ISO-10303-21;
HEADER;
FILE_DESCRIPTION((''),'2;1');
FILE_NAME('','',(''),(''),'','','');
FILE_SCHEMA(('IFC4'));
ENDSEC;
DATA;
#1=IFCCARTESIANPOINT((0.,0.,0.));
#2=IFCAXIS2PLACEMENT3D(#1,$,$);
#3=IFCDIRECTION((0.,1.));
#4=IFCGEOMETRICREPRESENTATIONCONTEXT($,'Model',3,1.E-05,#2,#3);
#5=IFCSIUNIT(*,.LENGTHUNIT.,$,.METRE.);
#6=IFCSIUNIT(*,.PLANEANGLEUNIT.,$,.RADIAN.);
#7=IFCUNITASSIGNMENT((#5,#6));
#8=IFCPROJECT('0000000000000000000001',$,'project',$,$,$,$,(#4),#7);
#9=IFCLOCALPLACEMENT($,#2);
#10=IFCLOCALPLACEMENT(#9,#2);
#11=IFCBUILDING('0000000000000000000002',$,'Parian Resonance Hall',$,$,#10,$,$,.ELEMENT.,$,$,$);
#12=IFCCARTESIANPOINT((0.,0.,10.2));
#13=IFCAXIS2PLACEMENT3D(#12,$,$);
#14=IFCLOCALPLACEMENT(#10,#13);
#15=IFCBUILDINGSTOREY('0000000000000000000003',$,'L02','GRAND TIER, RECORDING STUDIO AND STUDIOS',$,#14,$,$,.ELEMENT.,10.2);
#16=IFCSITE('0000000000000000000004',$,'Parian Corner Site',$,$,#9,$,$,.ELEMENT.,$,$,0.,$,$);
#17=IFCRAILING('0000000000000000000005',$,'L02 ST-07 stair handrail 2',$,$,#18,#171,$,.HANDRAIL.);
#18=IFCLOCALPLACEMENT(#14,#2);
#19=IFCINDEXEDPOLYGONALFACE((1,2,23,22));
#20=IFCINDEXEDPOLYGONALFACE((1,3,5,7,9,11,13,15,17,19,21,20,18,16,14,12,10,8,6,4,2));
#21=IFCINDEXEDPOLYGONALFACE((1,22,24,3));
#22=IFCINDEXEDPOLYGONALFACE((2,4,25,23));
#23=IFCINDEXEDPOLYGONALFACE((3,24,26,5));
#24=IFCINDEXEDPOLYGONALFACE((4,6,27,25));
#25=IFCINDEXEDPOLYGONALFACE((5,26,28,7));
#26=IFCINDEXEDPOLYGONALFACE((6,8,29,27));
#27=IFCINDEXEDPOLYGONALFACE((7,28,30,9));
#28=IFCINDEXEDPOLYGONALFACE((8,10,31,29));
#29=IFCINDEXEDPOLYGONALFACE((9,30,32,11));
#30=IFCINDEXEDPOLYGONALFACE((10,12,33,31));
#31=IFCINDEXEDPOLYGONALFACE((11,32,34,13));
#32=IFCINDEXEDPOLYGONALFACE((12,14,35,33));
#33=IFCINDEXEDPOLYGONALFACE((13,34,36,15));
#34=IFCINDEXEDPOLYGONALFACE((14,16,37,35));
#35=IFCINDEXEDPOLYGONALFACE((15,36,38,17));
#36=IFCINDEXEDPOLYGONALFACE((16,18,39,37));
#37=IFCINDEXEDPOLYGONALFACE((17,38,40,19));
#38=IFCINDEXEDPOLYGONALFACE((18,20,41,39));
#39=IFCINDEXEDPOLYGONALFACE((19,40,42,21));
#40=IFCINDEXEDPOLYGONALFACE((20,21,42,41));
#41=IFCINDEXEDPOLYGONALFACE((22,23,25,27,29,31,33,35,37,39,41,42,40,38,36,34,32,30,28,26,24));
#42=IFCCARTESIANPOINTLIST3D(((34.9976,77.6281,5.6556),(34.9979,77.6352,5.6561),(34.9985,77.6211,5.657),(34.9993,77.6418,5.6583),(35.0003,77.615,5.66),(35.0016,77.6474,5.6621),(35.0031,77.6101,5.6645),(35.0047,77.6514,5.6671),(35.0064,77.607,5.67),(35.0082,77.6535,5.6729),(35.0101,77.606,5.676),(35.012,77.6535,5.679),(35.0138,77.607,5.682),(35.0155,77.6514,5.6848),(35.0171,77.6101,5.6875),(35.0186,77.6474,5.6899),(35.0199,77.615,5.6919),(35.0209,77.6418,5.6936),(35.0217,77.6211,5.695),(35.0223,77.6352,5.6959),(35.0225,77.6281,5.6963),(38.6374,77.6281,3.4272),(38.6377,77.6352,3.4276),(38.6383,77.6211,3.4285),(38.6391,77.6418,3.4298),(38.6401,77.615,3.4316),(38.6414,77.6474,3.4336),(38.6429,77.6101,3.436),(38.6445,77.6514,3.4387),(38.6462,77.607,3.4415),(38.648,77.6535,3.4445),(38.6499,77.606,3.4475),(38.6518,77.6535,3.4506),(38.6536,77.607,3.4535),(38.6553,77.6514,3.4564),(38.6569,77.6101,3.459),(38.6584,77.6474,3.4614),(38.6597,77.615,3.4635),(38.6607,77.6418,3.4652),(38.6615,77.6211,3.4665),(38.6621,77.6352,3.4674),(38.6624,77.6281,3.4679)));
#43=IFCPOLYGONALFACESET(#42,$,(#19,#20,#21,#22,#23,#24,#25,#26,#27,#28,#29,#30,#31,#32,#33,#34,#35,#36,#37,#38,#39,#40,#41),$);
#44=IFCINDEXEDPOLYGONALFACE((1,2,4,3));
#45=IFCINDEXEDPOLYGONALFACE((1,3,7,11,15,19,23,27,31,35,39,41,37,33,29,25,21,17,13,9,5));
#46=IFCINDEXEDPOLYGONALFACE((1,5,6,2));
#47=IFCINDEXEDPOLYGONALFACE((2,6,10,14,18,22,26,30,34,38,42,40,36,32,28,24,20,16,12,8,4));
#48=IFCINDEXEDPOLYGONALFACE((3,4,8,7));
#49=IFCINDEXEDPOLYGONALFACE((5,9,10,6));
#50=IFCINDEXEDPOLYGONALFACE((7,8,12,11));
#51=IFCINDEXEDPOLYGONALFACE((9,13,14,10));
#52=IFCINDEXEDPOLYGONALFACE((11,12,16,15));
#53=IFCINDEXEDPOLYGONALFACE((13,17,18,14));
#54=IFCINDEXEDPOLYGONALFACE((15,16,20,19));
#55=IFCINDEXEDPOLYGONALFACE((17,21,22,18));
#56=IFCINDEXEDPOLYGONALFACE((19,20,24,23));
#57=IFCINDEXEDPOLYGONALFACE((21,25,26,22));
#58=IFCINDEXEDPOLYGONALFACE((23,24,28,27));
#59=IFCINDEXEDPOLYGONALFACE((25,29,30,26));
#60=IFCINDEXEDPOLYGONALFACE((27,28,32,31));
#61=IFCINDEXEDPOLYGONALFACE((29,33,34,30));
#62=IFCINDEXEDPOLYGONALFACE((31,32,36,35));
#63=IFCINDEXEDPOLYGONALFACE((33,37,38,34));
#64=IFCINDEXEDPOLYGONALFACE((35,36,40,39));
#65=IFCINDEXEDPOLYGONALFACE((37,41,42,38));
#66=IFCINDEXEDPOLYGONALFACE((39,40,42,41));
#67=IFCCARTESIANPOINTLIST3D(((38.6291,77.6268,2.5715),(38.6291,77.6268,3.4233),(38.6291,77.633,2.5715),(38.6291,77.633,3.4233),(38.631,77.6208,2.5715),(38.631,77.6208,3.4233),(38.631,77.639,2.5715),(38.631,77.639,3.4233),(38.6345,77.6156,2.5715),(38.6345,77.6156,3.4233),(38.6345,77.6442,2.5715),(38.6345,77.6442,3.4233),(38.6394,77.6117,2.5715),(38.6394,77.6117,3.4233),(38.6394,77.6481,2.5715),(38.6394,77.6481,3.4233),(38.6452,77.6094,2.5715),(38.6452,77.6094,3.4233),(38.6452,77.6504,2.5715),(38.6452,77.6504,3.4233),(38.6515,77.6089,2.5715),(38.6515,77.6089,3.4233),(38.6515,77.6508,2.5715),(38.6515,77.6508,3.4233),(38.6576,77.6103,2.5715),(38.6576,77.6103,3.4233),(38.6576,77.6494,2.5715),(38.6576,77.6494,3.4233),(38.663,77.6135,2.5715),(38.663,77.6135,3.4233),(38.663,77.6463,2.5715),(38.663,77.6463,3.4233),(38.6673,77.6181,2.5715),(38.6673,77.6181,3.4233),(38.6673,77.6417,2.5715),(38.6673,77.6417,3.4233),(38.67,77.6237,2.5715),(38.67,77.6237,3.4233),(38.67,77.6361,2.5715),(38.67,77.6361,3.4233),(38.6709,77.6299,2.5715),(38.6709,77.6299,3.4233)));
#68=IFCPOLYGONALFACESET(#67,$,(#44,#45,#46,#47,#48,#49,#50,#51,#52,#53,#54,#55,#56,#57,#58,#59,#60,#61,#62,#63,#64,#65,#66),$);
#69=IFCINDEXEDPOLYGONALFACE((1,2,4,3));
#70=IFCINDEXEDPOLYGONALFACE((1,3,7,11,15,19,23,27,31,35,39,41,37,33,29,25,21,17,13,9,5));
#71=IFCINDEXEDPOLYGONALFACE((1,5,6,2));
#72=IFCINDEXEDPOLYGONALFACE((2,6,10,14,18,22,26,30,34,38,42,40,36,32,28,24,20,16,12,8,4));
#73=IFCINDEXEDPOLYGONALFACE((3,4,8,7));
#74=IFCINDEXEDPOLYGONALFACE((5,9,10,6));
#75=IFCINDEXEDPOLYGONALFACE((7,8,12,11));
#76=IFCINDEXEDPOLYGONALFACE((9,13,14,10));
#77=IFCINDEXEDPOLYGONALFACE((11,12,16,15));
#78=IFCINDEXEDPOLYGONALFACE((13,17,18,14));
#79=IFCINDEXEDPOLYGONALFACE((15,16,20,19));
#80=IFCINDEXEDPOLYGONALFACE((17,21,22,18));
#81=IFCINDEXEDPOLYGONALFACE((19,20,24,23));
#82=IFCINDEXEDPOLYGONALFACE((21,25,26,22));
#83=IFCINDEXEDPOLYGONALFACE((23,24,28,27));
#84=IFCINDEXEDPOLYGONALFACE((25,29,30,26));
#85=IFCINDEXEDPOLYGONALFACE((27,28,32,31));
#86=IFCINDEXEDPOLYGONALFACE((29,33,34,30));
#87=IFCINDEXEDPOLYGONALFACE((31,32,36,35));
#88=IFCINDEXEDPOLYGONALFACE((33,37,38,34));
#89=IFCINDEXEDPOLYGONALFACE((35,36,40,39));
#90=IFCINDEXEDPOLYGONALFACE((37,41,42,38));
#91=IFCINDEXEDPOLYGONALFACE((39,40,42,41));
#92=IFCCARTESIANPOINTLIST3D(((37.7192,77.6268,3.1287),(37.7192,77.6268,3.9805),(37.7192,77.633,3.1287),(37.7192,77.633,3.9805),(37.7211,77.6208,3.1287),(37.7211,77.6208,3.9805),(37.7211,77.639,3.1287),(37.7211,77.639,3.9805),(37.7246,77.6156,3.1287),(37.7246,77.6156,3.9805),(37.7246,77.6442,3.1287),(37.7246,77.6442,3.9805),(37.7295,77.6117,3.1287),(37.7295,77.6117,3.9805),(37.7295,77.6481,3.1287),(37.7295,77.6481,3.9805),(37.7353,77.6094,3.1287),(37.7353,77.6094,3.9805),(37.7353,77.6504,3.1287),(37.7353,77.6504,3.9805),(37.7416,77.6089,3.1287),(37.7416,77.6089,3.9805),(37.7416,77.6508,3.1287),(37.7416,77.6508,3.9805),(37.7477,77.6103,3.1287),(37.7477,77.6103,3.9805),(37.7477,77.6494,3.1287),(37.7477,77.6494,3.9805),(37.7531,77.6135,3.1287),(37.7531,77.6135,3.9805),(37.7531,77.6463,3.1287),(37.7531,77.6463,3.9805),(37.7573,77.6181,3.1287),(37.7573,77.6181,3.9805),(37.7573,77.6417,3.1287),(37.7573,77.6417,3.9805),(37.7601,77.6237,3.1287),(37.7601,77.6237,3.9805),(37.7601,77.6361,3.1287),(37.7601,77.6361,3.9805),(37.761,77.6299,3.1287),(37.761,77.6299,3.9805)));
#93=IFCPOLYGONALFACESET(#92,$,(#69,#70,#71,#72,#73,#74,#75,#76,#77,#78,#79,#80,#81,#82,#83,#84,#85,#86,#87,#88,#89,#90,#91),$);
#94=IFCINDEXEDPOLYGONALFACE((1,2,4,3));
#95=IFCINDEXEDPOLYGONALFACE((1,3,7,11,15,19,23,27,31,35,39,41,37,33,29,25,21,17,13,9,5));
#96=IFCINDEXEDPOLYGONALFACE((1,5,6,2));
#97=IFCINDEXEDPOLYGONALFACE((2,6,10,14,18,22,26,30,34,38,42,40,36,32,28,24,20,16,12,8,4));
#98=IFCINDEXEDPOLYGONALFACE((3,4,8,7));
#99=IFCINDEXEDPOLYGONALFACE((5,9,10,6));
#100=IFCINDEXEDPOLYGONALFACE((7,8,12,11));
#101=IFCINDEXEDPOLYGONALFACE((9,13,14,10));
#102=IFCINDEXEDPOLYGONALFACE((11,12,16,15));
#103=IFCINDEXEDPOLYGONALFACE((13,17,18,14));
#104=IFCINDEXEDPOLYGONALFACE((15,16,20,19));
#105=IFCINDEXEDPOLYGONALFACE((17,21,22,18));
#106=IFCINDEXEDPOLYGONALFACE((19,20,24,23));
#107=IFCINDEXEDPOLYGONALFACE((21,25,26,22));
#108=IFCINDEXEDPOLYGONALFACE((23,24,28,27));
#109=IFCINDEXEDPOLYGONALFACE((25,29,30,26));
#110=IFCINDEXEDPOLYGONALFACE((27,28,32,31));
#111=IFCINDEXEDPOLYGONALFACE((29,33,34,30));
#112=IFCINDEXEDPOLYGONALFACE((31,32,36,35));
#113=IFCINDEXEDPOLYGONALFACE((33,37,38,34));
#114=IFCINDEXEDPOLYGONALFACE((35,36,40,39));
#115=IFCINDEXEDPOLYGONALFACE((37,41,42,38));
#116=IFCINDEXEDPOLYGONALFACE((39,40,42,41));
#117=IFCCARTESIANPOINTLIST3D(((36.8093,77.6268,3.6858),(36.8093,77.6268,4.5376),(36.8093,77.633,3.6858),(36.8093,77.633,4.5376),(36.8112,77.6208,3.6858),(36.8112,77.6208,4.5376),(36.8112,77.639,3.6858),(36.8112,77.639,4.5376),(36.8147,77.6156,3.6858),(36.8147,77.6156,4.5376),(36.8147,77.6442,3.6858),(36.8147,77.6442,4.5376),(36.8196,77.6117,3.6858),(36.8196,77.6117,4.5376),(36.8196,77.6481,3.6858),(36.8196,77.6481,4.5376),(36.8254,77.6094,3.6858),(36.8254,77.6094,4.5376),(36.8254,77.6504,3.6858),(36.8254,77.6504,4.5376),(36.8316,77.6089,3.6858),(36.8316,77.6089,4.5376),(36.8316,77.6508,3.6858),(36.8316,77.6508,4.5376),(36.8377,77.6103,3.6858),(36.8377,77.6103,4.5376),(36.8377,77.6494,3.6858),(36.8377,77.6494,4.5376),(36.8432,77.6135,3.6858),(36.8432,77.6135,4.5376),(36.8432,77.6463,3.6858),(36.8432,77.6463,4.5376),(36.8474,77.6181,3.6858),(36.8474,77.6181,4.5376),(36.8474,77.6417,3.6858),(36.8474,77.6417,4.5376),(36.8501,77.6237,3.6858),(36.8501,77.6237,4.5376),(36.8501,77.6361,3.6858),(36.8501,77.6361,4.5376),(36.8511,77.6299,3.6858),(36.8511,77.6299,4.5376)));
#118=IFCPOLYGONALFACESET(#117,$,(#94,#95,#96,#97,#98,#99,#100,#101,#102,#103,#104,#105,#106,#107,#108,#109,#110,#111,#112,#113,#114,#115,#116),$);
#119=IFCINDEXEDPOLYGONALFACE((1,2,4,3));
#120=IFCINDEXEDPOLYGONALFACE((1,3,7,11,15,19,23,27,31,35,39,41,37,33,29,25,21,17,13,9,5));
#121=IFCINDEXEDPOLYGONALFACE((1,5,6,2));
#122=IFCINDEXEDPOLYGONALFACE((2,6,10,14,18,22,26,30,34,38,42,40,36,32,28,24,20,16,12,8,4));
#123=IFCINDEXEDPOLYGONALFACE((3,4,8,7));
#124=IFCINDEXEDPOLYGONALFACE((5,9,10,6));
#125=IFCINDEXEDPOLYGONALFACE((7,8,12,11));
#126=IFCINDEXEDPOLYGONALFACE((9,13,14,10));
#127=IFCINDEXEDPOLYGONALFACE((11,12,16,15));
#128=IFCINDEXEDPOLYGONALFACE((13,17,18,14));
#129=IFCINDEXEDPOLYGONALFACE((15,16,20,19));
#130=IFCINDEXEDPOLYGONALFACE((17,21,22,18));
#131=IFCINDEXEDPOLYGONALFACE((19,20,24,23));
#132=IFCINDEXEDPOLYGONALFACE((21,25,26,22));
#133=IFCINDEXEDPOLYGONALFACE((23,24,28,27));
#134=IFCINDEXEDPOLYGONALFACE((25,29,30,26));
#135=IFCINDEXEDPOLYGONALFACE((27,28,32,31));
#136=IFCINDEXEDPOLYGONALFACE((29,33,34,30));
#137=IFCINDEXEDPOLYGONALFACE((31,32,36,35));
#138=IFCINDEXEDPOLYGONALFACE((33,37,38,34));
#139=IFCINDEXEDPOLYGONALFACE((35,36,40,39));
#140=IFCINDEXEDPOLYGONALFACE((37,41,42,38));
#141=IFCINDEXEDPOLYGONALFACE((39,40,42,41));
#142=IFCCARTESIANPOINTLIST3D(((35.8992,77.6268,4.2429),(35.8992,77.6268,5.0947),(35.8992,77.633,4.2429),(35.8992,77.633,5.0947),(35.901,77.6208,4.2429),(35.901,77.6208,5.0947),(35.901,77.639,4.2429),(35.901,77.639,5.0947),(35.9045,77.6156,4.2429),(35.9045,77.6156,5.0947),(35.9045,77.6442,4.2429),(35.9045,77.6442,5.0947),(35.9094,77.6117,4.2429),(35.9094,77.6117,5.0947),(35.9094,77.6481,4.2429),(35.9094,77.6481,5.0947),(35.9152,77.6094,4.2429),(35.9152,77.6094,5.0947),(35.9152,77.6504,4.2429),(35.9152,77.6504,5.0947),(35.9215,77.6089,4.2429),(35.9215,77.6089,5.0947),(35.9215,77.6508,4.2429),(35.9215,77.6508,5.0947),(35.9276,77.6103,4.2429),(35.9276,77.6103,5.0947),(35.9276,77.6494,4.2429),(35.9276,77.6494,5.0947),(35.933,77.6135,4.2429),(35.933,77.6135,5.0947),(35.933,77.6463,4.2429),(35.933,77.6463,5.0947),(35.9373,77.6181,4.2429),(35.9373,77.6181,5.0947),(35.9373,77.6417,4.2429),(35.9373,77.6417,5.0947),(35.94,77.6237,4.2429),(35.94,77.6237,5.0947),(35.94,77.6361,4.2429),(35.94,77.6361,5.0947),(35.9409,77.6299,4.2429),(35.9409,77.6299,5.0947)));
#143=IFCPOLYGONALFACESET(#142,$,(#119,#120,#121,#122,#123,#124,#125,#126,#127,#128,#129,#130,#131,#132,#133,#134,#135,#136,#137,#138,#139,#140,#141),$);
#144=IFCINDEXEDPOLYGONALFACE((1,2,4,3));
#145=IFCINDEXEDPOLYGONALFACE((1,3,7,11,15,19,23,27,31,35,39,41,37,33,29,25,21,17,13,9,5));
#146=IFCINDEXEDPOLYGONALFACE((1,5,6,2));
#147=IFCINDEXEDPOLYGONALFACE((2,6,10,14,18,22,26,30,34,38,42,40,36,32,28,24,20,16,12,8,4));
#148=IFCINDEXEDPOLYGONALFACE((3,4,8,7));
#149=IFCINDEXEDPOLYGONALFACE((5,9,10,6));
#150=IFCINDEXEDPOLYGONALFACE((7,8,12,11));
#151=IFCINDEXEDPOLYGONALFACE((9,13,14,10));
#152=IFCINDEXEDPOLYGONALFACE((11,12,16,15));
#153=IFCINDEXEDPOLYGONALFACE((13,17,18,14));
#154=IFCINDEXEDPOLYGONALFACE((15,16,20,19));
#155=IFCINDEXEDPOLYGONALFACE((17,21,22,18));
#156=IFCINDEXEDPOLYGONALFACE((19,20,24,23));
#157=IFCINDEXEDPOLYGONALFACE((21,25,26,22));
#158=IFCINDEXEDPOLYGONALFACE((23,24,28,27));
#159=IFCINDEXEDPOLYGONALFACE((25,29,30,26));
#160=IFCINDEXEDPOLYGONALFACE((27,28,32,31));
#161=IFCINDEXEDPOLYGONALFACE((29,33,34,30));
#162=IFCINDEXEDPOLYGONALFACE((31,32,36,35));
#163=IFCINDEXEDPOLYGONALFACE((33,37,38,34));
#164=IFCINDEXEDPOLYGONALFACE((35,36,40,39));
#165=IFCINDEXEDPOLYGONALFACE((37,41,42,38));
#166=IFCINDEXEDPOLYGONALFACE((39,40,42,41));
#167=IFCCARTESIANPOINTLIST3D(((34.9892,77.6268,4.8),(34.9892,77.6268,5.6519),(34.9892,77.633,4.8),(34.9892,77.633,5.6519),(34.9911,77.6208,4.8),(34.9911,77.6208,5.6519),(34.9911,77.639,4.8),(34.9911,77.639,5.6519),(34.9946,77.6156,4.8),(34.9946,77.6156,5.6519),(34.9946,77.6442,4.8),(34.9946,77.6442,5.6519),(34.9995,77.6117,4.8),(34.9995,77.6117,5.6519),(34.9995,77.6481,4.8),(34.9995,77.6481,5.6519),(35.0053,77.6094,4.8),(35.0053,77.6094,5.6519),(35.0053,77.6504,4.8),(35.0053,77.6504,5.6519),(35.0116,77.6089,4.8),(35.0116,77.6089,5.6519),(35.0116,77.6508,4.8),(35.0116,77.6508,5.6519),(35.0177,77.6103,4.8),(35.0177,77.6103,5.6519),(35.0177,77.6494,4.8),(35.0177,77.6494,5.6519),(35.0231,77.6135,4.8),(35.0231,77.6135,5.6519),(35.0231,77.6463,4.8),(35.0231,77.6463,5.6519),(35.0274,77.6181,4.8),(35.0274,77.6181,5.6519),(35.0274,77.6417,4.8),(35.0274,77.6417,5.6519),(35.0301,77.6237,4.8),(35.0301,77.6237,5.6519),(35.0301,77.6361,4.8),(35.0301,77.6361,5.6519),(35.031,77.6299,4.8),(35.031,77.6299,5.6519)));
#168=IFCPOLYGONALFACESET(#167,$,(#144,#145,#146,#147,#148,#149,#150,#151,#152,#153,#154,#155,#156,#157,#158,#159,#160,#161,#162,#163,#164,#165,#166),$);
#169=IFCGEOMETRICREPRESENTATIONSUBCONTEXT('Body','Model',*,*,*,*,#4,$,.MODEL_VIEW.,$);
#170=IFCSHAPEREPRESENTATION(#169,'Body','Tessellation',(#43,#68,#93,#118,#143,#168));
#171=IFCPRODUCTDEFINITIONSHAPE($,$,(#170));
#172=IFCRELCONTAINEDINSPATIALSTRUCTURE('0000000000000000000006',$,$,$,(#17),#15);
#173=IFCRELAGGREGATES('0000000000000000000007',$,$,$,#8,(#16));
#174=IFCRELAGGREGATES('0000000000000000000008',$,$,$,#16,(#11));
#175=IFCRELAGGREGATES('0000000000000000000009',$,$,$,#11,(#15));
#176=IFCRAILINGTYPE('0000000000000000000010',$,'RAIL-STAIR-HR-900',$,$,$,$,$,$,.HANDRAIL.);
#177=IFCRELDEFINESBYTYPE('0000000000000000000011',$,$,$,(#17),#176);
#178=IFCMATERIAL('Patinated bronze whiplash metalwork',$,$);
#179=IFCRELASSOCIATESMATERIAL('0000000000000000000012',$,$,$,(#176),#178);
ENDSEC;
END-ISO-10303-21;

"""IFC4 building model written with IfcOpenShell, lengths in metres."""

from ifc_helpers import new_model, si_unit, direction, frame, origin, origin_2d, place, context, subcontext, project, spatial, circle, extrude, material, type_object, element, save


model = new_model("IFC4")

# Units and contexts
model_context = context("Model", 3, precision=1e-05, world=origin(), true_north=direction((0.0, 1.0)))
body_context = subcontext(model_context, "Body", "Model", "MODEL_VIEW")
ifc_project = project(units=[si_unit("LENGTHUNIT", "METRE"), si_unit("PLANEANGLEUNIT", "RADIAN")], contexts=[model_context])

# Site, building, storey
site_placement = place(None, origin())
site = spatial("IfcSite", under=ifc_project, at=site_placement, Name="Parian Corner Site", CompositionType="ELEMENT", RefElevation=0.0)
building_placement = place(site_placement, origin())
building = spatial("IfcBuilding", under=site, at=building_placement, Name="Parian Resonance Hall", CompositionType="ELEMENT")
storey_placement = place(building_placement, frame((0.0, 0.0, 10.2)))
storey = spatial("IfcBuildingStorey", under=building, at=storey_placement, Name="L02", Description="GRAND TIER, RECORDING STUDIO AND STUDIOS", CompositionType="ELEMENT", Elevation=10.2)

# Railing
ifc_material_1 = material(Name="Patinated bronze whiplash metalwork")
railing_type_1 = type_object("IfcRailingType", Name="RAIL-STAIR-HR-900", PredefinedType="HANDRAIL", material=ifc_material_1)
railing_1_placement = place(storey_placement, frame((38.6499, 77.6299, 2.5715)))
element("IfcRailing", 1, at=railing_1_placement, inside=storey, type_object=railing_type_1, Name="L02 ST-07 stair handrail 2", PredefinedType="HANDRAIL", context=body_context, shape_type="SweptSolid", body=[
    extrude(circle(Radius=0.0239, at=origin_2d()), frame((0.0, 0.0, 0.876), z_axis=(-0.85285, 0.0, 0.522156), x_axis=(0.0, -1.0, 0.0)), (0.0, 0.0, 1.0), 4.2678),
    extrude(circle(Radius=0.021, at=origin_2d()), origin(), (0.0, 0.0, 1.0), 0.8518),
    extrude(circle(Radius=0.021, at=origin_2d()), frame((-0.9099, 0.0, 0.5571)), (0.0, 0.0, 1.0), 0.8518),
    extrude(circle(Radius=0.021, at=origin_2d()), frame((-1.8198, 0.0, 1.1143)), (0.0, 0.0, 1.0), 0.8518),
    extrude(circle(Radius=0.021, at=origin_2d()), frame((-2.73, 0.0, 1.6714)), (0.0, 0.0, 1.0), 0.8518),
    extrude(circle(Radius=0.021, at=origin_2d()), frame((-3.6399, 0.0, 2.2285)), (0.0, 0.0, 1.0), 0.8518),
])

save(model, "model.ifc")
